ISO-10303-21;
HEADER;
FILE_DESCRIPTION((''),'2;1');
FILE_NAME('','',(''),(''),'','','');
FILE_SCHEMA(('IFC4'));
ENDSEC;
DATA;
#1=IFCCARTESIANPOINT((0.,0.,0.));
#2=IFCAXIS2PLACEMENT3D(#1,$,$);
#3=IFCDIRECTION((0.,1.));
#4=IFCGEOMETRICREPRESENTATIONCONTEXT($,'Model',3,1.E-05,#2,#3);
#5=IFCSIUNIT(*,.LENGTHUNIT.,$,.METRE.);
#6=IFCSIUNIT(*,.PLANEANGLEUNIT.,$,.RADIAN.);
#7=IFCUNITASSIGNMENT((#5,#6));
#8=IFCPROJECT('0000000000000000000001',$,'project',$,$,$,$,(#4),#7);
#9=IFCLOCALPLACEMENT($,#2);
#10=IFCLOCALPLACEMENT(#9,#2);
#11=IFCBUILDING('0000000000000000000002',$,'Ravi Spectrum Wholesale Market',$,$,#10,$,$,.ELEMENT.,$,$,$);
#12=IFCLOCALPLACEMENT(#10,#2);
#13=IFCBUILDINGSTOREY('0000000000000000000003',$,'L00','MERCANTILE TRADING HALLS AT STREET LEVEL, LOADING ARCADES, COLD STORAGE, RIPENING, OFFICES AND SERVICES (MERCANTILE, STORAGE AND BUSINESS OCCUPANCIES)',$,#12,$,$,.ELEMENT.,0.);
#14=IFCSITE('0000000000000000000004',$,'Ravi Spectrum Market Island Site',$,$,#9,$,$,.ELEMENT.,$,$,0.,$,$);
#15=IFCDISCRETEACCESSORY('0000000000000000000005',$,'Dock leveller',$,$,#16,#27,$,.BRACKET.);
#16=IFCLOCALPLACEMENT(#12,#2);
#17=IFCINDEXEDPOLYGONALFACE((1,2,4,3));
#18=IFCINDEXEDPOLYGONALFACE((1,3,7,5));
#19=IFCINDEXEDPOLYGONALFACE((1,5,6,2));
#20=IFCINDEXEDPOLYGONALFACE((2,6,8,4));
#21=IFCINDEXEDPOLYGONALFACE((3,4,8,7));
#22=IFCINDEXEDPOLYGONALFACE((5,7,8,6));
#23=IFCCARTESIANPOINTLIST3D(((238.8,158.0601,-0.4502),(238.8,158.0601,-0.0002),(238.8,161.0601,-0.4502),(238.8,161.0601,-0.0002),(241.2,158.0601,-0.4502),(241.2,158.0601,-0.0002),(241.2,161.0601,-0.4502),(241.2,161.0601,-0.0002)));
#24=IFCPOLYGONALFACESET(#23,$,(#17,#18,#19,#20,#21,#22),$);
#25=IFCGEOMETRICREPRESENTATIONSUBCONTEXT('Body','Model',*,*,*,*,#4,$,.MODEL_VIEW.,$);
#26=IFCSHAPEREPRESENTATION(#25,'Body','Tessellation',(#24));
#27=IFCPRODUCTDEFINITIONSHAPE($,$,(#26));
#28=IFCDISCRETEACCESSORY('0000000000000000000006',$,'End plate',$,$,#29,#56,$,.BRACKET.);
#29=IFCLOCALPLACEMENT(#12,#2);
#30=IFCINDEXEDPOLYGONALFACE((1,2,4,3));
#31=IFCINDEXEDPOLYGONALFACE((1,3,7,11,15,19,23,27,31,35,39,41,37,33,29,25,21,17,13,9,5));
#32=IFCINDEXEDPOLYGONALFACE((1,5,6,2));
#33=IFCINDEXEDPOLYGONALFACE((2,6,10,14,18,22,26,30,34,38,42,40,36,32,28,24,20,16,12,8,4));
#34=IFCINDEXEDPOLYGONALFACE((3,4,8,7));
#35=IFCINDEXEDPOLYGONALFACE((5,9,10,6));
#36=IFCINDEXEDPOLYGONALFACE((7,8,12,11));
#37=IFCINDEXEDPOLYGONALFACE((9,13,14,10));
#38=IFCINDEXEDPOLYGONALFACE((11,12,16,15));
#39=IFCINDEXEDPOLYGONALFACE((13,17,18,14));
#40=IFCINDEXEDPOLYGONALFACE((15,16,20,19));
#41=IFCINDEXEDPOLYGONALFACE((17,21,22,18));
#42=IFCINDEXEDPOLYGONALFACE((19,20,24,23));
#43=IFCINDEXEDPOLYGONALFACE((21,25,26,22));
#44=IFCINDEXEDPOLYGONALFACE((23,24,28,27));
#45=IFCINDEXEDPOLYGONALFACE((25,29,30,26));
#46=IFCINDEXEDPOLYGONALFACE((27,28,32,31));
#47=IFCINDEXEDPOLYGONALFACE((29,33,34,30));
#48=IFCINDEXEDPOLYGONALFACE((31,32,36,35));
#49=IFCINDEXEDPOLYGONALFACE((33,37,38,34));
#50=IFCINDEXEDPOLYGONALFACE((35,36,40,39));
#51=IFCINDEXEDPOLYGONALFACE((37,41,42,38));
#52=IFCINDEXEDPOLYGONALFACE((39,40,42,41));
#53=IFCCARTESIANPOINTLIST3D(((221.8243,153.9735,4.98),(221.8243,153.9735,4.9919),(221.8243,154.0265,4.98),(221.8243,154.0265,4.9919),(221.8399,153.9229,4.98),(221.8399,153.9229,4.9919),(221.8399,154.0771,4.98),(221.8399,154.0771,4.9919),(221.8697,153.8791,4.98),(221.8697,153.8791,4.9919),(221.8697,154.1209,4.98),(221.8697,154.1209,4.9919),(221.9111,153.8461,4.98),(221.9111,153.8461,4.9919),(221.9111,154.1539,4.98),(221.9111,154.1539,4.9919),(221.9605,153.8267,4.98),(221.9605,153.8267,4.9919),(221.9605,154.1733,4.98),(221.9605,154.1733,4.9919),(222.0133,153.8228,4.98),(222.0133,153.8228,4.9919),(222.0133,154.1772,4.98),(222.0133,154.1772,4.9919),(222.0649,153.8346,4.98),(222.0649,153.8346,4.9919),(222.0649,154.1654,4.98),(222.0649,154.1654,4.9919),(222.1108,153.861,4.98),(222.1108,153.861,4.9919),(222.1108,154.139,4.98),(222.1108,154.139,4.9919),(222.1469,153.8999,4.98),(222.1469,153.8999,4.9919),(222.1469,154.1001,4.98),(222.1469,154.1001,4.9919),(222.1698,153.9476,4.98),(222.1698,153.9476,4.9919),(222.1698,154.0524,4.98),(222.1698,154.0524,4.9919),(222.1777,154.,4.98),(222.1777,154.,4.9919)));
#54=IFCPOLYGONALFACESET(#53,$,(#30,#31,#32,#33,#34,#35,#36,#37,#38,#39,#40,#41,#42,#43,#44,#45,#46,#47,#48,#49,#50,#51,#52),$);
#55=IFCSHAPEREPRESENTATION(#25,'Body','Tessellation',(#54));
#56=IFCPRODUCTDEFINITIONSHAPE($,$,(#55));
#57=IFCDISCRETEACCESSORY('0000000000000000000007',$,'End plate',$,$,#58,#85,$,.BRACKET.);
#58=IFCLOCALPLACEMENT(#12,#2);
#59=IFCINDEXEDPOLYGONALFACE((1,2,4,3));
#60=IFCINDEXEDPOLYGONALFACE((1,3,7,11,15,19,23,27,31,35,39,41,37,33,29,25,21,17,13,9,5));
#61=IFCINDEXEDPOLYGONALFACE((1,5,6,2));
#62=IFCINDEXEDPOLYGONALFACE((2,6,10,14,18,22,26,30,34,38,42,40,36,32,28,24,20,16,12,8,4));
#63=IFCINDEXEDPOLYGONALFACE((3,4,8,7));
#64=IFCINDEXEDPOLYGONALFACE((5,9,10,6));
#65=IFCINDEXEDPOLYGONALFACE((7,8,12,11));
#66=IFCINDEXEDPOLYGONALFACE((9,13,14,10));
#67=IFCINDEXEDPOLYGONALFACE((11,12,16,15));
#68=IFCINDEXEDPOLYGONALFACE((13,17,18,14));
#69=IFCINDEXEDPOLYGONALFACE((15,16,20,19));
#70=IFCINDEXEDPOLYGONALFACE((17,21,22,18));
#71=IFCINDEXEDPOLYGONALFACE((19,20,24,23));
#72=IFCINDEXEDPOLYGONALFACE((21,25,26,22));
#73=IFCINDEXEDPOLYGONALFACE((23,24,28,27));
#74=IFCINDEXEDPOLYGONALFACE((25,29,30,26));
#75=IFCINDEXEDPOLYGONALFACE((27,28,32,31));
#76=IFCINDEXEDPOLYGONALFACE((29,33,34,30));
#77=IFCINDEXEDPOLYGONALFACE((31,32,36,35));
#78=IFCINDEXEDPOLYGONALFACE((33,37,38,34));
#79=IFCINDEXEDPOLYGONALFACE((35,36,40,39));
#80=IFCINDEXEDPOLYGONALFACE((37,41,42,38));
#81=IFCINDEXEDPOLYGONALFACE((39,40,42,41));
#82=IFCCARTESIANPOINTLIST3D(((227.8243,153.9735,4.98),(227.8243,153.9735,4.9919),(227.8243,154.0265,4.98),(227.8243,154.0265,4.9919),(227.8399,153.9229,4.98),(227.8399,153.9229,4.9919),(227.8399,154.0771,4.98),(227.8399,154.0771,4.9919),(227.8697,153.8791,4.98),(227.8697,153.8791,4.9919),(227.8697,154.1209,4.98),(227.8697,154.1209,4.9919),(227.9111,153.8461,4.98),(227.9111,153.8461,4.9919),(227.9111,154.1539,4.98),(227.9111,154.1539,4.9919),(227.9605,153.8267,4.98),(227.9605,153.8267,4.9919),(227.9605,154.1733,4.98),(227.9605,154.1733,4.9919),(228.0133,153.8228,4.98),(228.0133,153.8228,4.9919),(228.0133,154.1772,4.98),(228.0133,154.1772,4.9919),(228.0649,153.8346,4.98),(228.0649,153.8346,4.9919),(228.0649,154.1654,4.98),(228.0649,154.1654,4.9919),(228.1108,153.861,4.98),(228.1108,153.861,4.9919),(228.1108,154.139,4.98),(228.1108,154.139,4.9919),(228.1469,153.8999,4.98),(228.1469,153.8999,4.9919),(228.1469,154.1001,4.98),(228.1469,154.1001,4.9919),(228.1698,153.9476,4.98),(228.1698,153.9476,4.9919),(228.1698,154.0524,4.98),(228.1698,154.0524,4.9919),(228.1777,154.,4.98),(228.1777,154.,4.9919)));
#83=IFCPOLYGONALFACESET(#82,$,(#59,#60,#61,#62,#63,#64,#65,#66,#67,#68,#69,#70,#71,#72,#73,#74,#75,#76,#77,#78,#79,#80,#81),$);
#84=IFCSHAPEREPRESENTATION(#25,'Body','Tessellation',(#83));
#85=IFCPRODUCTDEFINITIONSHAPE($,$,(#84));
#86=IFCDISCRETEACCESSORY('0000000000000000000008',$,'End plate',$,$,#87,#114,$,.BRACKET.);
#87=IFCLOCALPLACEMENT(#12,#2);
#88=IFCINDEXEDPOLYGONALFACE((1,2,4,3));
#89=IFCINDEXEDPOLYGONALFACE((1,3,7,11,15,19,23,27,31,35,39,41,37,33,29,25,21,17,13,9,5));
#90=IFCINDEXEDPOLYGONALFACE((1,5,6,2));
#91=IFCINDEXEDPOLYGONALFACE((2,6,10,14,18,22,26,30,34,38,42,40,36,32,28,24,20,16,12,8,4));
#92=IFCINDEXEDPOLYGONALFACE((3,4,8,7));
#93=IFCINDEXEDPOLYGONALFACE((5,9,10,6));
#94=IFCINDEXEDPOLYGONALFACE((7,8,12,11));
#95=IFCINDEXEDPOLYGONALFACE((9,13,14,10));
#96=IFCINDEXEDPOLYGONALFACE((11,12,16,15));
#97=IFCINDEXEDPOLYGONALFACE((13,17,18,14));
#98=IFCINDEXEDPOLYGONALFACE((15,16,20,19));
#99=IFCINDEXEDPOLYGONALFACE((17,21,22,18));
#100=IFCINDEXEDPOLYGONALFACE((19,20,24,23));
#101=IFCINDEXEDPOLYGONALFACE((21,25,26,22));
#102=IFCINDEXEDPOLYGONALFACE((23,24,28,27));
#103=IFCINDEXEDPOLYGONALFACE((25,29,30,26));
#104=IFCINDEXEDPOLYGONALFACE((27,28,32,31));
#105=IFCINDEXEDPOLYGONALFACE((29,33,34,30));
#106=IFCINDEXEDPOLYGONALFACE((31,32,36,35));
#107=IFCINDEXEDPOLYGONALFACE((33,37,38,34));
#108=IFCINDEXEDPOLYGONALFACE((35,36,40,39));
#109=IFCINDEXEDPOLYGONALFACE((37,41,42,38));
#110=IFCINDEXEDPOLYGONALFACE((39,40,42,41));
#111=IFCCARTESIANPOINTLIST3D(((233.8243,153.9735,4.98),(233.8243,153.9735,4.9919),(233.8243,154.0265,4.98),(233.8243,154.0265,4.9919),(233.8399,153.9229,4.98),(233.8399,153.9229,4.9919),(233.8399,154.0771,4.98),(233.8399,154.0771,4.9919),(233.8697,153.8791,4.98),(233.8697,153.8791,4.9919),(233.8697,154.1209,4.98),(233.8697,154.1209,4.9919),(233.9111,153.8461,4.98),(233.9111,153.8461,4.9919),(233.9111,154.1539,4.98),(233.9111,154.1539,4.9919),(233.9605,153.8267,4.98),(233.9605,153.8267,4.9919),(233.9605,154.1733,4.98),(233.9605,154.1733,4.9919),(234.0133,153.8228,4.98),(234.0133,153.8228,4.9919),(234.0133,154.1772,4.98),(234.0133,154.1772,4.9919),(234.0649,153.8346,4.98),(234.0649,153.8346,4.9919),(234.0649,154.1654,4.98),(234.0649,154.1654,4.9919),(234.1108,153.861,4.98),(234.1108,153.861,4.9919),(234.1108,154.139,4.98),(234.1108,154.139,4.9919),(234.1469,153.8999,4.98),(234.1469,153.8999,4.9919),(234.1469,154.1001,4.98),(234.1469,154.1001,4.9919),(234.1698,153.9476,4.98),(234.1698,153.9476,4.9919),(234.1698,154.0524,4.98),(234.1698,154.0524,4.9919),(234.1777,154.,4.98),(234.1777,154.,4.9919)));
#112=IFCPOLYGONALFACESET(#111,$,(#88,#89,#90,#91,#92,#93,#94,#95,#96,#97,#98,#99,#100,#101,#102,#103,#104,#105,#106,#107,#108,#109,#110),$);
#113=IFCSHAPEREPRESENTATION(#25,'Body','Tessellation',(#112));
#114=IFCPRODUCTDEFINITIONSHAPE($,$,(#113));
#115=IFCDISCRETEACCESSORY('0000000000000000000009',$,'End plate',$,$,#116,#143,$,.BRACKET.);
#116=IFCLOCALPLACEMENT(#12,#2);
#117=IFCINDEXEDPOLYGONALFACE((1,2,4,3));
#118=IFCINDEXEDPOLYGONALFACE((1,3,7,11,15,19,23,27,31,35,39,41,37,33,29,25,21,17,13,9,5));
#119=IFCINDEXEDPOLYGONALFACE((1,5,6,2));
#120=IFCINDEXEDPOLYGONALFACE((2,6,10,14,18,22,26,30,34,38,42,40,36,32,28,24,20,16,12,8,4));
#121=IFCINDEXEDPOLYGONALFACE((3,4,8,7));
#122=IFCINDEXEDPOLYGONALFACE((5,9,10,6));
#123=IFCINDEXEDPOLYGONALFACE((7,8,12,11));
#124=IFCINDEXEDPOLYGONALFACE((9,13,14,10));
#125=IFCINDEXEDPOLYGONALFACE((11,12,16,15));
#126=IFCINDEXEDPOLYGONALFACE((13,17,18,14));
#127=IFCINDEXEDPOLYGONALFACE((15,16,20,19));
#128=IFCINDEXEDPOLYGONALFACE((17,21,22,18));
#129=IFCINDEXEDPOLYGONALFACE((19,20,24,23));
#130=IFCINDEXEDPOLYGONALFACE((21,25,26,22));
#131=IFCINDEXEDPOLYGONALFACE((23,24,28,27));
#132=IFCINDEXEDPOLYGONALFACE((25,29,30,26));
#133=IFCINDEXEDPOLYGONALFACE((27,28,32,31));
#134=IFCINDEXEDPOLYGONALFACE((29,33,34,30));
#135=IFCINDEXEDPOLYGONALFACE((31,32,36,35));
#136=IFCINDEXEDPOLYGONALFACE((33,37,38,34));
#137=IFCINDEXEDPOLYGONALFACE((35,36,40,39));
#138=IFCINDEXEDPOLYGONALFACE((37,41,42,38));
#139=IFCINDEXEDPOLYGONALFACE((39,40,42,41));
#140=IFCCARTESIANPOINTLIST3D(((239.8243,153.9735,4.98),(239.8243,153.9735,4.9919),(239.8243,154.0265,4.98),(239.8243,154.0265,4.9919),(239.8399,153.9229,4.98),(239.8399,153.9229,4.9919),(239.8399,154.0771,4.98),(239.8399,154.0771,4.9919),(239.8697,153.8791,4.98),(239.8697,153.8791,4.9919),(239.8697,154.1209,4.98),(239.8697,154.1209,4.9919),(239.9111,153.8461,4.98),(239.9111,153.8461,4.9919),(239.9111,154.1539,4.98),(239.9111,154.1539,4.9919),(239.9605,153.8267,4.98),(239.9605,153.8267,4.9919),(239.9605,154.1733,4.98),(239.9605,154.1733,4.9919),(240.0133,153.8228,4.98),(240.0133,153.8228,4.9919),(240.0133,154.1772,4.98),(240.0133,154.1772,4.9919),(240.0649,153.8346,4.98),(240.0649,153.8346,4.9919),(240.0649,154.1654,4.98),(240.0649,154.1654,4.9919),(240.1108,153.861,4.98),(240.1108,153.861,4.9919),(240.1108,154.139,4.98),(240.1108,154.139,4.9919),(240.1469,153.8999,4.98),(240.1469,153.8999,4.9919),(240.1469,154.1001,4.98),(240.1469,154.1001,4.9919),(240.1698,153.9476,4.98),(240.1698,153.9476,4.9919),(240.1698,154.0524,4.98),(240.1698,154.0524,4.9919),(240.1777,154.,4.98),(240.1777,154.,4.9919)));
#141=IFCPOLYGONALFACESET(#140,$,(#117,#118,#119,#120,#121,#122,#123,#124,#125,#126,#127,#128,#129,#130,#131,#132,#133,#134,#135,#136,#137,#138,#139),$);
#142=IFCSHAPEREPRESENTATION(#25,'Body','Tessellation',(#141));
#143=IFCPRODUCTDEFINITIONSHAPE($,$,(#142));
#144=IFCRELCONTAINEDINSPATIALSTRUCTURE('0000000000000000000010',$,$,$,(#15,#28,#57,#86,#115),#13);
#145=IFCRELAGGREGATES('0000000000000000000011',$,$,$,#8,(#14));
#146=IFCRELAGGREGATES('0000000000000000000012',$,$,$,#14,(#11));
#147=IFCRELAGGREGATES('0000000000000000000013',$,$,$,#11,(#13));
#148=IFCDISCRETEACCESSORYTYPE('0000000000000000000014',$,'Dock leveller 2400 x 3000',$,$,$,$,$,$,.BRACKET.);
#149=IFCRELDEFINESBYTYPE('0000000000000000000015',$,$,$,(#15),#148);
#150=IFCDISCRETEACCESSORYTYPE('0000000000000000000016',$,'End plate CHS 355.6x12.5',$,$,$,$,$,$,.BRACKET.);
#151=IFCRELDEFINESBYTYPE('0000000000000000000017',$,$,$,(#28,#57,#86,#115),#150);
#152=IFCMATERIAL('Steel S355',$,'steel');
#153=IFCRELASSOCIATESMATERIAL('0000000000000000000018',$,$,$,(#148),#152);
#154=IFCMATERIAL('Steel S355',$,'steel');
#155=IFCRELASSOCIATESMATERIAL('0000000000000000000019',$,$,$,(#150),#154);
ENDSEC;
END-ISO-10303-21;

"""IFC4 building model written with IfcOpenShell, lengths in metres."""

from ifc_helpers import new_model, si_unit, direction, frame, origin, origin_2d, place, context, subcontext, project, spatial, rectangle, circle, extrude, material, material_profile, profile_set, type_object, element, save


model = new_model("IFC4")

# Units and contexts
model_context = context("Model", 3, precision=1e-05, world=origin(), true_north=direction((0.0, 1.0)))
body_context = subcontext(model_context, "Body", "Model", "MODEL_VIEW")
ifc_project = project(units=[si_unit("LENGTHUNIT", "METRE"), si_unit("PLANEANGLEUNIT", "RADIAN")], contexts=[model_context])

# Site, building, storey
site_placement = place(None, origin())
site = spatial("IfcSite", under=ifc_project, at=site_placement, Name="Ravi Spectrum Market Island Site", CompositionType="ELEMENT", RefElevation=0.0)
building_placement = place(site_placement, origin())
building = spatial("IfcBuilding", under=site, at=building_placement, Name="Ravi Spectrum Wholesale Market", CompositionType="ELEMENT")
storey_placement = place(building_placement, origin())
storey = spatial("IfcBuildingStorey", under=building, at=storey_placement, Name="L00", Description="MERCANTILE TRADING HALLS AT STREET LEVEL, LOADING ARCADES, COLD STORAGE, RIPENING, OFFICES AND SERVICES (MERCANTILE, STORAGE AND BUSINESS OCCUPANCIES)", CompositionType="ELEMENT", Elevation=0.0)

# Discrete accessories
ifc_material_1 = material(Name="Steel S355", Category="steel")
discrete_accessory_type_1 = type_object("IfcDiscreteAccessoryType", Name="Dock leveller 2400 x 3000", PredefinedType="BRACKET", material=ifc_material_1)
for number, where, z_axis, x_axis, name in (
    (1, (240.0, 159.5601, -0.4502), (0.0, 0.0, 1.0), (1.0, 0.0, 0.0), "Dock leveller"),
):
    element("IfcDiscreteAccessory", number, at=place(storey_placement, frame(where, z_axis=z_axis, x_axis=x_axis)), inside=storey, type_object=discrete_accessory_type_1, Name=name, PredefinedType="BRACKET", context=body_context, shape_type="SweptSolid", body=[
        extrude(rectangle(XDim=2.3999, YDim=3.0, at=origin_2d()), origin(), (0.0, 0.0, 1.0), 0.45),
    ])
ifc_material_2 = material(Name="Steel S355", Category="steel")
ifc_material_profile_1 = material_profile(ifc_material_2, circle(Radius=0.1777, at=origin_2d()))
ifc_profile_set_1 = profile_set([ifc_material_profile_1], Name="Steel S355")
discrete_accessory_type_2 = type_object("IfcDiscreteAccessoryType", Name="End plate CHS 355.6x12.5", PredefinedType="BRACKET", material=ifc_profile_set_1)
for number, where, z_axis, x_axis, name in (
    (2, (222.0, 154.0, 4.98), (0.0, 0.0, 1.0), (1.0, 0.0, 0.0), "End plate"),
    (3, (228.0, 154.0, 4.98), (0.0, 0.0, 1.0), (1.0, 0.0, 0.0), "End plate"),
    (4, (234.0, 154.0, 4.98), (0.0, 0.0, 1.0), (1.0, 0.0, 0.0), "End plate"),
    (5, (240.0, 154.0, 4.98), (0.0, 0.0, 1.0), (1.0, 0.0, 0.0), "End plate"),
):
    element("IfcDiscreteAccessory", number, at=place(storey_placement, frame(where, z_axis=z_axis, x_axis=x_axis)), inside=storey, type_object=discrete_accessory_type_2, Name=name, PredefinedType="BRACKET", context=body_context, shape_type="SweptSolid", body=[
        extrude(circle(Radius=0.1777, at=origin_2d()), origin(), (0.0, 0.0, 1.0), 0.012),
    ])

save(model, "model.ifc")
